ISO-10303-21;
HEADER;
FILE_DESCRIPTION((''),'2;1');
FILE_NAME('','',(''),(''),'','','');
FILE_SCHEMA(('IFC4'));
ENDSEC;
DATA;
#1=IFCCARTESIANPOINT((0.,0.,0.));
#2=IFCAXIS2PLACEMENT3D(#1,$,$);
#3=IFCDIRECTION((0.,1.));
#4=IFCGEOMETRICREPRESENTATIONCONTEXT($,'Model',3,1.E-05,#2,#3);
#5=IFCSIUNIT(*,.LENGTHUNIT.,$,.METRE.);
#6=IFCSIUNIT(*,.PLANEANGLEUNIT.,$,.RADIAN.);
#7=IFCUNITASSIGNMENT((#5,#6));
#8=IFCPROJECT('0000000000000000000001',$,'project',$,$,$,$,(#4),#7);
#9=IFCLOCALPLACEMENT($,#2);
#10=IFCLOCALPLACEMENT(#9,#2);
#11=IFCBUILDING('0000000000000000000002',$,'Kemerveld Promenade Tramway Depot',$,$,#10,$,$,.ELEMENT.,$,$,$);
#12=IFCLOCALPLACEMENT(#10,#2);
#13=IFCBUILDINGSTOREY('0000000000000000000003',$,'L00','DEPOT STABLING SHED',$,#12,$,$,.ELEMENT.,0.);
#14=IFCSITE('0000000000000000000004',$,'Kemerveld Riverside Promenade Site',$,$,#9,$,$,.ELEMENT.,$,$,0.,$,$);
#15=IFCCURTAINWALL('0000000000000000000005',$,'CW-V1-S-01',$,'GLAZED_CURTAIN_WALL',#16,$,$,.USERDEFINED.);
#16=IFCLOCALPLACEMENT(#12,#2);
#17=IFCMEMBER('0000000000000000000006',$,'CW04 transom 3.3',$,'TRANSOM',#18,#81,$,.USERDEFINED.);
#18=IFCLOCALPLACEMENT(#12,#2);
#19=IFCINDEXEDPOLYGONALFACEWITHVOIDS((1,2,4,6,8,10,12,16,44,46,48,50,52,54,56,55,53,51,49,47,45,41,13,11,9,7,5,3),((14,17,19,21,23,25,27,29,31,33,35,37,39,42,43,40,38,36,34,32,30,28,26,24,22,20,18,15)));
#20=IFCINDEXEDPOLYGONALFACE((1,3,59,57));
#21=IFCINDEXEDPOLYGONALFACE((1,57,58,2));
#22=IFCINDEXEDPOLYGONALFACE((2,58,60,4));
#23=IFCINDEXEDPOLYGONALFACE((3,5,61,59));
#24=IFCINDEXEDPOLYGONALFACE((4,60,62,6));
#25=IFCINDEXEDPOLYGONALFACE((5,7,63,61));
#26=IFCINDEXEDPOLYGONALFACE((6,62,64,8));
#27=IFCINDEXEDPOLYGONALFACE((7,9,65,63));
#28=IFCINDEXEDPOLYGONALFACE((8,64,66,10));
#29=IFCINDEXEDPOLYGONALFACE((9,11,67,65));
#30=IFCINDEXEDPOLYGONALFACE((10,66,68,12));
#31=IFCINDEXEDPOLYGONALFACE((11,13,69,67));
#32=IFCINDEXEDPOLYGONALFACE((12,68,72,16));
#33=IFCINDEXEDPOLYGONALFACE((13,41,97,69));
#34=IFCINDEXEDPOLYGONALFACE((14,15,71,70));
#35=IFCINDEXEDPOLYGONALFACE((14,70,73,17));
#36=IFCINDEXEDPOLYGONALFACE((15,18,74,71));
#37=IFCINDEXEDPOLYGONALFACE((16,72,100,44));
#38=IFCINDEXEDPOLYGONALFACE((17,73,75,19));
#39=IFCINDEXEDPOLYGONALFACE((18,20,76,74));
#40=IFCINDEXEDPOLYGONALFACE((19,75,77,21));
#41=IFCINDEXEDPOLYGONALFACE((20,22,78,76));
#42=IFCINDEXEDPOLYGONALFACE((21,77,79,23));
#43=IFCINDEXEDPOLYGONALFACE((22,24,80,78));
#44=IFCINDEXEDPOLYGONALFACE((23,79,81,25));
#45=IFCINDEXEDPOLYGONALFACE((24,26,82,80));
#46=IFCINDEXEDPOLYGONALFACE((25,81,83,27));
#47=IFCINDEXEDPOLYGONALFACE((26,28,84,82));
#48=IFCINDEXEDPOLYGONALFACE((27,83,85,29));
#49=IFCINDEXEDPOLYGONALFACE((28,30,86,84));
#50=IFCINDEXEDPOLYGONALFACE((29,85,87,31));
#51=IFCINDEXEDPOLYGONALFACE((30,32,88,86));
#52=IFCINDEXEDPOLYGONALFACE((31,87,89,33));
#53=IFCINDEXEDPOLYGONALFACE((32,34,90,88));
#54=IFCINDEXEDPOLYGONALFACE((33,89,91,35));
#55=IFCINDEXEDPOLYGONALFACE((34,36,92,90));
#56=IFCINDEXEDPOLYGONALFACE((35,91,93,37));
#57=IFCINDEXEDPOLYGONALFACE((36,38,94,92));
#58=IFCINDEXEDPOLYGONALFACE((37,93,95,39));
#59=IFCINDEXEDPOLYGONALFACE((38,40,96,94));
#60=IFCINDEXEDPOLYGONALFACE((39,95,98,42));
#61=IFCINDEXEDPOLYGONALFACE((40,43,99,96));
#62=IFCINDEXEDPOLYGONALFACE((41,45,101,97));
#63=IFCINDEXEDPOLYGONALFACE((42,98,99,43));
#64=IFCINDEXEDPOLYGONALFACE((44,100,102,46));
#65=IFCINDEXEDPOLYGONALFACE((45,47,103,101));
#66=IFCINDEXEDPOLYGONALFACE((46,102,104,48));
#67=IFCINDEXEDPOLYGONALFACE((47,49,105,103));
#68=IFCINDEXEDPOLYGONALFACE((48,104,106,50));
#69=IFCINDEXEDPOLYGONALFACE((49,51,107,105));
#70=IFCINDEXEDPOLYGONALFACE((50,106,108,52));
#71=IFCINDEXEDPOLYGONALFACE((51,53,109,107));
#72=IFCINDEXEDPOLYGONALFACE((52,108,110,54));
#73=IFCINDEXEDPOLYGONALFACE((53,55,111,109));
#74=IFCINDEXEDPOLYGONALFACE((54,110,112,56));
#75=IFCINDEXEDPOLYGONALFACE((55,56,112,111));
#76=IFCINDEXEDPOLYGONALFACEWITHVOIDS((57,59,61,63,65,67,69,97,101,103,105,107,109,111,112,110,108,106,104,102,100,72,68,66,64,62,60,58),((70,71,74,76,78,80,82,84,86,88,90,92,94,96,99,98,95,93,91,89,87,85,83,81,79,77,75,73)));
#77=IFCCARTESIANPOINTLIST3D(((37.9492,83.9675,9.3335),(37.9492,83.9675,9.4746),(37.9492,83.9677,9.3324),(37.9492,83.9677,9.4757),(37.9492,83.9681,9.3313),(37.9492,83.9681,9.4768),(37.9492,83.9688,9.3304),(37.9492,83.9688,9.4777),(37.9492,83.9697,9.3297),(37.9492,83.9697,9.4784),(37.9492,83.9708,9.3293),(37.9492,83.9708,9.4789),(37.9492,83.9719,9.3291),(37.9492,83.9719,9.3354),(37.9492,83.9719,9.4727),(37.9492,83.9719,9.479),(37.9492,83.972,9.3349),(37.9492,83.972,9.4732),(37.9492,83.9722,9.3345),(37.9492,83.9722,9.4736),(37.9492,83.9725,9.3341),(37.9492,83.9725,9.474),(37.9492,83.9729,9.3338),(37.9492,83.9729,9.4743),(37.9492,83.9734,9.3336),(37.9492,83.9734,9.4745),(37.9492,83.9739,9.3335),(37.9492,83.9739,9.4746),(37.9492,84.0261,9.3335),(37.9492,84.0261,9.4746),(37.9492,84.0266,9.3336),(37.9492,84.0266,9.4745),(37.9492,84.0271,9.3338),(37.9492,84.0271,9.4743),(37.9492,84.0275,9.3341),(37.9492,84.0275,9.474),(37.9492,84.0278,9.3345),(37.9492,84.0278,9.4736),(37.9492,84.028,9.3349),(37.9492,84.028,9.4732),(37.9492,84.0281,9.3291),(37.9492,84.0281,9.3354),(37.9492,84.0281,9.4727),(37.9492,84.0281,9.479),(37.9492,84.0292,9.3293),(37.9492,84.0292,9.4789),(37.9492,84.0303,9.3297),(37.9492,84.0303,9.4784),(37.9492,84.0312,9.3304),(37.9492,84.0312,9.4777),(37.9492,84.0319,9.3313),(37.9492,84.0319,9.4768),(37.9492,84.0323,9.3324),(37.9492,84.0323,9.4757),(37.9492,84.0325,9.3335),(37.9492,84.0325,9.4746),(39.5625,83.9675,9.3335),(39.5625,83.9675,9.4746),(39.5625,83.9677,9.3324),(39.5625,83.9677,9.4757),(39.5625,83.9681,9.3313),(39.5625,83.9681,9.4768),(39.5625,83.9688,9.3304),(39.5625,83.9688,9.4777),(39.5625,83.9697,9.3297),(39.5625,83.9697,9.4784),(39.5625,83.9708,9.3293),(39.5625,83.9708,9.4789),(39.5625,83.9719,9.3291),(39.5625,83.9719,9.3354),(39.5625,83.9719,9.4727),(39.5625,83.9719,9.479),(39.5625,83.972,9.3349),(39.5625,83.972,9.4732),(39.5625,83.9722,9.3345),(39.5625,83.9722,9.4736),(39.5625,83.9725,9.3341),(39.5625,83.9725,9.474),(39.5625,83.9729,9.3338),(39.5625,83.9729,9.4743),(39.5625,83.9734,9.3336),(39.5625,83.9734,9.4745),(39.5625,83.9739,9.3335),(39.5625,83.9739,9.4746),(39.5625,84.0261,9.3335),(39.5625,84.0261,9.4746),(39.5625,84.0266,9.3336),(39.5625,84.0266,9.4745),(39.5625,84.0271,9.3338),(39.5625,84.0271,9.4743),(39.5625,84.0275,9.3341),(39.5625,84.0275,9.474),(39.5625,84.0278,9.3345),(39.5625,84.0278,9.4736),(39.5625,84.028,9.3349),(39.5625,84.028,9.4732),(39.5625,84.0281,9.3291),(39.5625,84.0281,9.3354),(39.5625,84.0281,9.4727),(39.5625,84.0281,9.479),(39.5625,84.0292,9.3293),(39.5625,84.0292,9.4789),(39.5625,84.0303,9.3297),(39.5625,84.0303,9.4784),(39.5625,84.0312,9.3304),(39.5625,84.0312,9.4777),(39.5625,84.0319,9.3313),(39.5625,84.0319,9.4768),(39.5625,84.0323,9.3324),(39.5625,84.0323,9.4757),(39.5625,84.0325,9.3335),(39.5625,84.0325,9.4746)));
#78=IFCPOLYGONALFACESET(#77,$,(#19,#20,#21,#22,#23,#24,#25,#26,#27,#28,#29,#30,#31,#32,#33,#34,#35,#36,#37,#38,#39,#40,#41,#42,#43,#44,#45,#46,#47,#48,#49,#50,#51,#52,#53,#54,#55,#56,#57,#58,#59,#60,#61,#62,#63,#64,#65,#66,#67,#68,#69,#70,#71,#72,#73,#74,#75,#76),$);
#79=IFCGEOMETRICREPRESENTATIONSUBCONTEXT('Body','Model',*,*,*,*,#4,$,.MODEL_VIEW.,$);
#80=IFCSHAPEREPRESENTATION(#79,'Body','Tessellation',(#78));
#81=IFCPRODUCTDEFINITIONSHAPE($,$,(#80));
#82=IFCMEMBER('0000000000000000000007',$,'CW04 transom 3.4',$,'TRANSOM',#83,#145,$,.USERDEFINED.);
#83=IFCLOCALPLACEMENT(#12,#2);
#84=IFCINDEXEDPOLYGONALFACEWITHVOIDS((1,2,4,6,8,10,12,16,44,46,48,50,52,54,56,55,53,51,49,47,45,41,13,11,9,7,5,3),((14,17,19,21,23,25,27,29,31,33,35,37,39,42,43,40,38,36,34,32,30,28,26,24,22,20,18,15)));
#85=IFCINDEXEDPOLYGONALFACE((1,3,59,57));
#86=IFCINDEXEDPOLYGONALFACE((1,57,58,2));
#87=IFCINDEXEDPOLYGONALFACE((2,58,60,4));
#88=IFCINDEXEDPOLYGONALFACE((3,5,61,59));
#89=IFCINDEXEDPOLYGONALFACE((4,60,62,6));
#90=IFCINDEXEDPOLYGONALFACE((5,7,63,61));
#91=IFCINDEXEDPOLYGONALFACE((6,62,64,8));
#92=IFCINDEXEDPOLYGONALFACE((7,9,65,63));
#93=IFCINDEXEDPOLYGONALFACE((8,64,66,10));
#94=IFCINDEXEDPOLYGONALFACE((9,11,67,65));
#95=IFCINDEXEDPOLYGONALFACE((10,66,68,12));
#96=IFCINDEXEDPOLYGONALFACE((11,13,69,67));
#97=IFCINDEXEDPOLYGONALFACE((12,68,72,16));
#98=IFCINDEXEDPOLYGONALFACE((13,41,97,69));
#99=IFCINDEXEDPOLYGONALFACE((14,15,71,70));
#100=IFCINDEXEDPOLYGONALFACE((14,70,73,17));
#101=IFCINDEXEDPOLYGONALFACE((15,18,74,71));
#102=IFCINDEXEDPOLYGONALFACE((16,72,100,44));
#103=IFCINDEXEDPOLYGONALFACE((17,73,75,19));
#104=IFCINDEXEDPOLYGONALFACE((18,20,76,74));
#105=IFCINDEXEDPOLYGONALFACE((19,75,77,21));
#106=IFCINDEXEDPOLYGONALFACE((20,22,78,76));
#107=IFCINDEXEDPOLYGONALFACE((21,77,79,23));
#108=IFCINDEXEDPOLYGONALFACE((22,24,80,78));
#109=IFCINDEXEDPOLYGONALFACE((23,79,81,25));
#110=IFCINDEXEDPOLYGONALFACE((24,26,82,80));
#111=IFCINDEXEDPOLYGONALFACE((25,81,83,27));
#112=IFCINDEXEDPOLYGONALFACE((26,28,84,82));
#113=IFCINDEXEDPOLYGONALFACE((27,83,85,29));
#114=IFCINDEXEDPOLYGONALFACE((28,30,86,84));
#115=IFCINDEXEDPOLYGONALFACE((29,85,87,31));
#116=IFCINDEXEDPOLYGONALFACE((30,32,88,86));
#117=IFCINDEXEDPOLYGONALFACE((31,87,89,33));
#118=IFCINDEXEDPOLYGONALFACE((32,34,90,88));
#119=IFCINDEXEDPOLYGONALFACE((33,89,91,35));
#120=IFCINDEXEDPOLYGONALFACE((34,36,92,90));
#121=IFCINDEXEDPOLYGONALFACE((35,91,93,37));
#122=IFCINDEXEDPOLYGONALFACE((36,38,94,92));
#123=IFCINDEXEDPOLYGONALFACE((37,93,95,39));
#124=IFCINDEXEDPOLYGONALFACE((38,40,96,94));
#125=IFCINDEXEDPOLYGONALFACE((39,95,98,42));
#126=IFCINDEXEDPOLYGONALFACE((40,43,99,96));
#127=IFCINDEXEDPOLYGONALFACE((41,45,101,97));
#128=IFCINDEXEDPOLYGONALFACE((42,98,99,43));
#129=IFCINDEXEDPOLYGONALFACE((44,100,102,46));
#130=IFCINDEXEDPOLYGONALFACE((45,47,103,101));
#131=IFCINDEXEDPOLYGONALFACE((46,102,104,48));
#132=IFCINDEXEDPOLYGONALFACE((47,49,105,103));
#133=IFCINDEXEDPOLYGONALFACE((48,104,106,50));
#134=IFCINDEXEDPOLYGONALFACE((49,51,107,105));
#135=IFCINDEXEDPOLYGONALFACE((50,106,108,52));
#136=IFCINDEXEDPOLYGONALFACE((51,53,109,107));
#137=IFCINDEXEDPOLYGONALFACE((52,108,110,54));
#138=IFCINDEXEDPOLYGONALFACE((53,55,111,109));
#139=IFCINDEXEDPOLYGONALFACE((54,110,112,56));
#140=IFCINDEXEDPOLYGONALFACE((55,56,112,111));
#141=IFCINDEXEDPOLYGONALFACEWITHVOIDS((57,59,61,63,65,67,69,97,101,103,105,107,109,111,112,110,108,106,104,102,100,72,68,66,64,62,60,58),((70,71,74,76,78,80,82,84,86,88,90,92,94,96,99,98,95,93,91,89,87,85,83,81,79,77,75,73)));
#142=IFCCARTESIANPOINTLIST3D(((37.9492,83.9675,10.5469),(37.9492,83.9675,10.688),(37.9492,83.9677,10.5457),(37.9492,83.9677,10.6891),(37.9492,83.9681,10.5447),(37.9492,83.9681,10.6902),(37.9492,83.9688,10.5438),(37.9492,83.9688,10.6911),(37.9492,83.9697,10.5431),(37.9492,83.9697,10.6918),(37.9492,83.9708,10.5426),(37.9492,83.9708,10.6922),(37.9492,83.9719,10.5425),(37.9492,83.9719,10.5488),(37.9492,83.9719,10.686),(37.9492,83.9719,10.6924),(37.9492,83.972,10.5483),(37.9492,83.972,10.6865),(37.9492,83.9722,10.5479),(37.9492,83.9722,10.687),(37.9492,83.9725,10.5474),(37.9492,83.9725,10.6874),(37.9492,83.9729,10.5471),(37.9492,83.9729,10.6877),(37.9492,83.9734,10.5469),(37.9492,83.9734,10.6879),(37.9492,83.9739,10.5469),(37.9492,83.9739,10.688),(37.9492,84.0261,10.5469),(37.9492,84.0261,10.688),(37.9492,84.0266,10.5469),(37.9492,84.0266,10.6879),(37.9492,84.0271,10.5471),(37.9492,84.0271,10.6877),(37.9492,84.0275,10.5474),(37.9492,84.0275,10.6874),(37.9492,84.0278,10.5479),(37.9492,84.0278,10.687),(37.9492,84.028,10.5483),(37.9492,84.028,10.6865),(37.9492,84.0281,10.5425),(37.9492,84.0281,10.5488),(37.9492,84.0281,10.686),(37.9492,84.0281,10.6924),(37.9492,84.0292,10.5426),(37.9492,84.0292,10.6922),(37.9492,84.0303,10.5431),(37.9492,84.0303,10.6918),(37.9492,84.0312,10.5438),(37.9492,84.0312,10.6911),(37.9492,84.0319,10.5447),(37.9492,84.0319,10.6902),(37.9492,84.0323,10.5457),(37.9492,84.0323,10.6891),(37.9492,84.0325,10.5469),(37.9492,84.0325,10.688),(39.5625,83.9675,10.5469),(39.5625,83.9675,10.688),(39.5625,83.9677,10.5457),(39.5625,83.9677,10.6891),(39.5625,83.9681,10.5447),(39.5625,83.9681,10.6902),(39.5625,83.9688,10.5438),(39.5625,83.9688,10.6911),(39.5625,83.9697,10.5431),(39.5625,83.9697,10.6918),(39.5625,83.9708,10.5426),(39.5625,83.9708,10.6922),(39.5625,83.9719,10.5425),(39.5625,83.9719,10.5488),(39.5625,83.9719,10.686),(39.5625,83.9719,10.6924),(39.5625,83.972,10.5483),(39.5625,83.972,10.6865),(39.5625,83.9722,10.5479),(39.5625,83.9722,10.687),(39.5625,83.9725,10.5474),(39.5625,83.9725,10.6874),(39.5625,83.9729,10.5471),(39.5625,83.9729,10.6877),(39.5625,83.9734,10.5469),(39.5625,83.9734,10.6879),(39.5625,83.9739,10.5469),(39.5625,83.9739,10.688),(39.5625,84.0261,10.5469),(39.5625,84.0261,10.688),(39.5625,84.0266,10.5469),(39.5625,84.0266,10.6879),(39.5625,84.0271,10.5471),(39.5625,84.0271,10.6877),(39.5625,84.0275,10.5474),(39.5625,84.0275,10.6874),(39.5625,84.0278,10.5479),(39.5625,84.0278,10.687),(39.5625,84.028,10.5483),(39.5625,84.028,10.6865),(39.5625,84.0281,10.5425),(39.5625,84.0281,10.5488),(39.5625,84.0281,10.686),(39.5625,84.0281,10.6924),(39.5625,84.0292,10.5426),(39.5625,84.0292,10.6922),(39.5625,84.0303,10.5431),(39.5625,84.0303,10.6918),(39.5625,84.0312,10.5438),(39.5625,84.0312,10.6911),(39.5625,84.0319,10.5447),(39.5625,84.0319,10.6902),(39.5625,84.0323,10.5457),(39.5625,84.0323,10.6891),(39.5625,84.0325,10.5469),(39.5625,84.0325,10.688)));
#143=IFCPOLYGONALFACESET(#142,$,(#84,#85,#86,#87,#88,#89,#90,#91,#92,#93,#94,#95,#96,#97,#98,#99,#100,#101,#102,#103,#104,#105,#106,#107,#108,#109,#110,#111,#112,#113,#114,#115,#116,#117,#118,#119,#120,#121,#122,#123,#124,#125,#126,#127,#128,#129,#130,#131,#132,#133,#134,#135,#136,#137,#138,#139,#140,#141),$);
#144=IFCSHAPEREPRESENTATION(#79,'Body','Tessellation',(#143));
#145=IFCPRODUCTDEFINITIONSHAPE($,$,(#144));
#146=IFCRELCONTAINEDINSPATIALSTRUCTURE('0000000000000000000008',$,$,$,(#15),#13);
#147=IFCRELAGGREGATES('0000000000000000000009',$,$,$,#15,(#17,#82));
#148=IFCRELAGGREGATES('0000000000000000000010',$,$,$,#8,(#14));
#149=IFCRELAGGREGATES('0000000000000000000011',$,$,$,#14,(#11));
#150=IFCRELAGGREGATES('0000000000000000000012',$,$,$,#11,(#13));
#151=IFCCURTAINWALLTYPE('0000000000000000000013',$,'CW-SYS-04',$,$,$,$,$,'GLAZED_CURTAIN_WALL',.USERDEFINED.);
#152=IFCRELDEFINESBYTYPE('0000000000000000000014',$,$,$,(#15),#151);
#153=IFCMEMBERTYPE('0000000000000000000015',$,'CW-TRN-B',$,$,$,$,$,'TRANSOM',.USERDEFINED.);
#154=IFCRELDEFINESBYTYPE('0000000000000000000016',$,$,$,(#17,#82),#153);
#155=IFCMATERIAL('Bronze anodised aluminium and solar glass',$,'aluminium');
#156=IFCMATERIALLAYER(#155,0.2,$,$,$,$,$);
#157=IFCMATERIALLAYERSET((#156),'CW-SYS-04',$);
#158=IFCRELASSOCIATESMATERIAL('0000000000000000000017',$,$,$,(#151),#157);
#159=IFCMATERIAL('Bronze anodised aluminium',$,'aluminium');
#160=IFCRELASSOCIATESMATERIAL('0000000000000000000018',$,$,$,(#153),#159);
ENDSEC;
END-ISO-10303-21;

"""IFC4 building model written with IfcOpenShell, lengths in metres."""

from ifc_helpers import new_model, si_unit, direction, frame, origin, origin_2d, place, context, subcontext, project, spatial, hollow_rectangle, extrude, material, layer, layer_set, material_profile, profile_set, type_object, element, aggregate, save


model = new_model("IFC4")

# Units and contexts
model_context = context("Model", 3, precision=1e-05, world=origin(), true_north=direction((0.0, 1.0)))
body_context = subcontext(model_context, "Body", "Model", "MODEL_VIEW")
ifc_project = project(units=[si_unit("LENGTHUNIT", "METRE"), si_unit("PLANEANGLEUNIT", "RADIAN")], contexts=[model_context])

# Site, building, storey
site_placement = place(None, origin())
site = spatial("IfcSite", under=ifc_project, at=site_placement, Name="Kemerveld Riverside Promenade Site", CompositionType="ELEMENT", RefElevation=0.0)
building_placement = place(site_placement, origin())
building = spatial("IfcBuilding", under=site, at=building_placement, Name="Kemerveld Promenade Tramway Depot", CompositionType="ELEMENT")
storey_placement = place(building_placement, origin())
storey = spatial("IfcBuildingStorey", under=building, at=storey_placement, Name="L00", Description="DEPOT STABLING SHED", CompositionType="ELEMENT", Elevation=0.0)

# Shared definitions
ifc_material_1 = material(Name="Bronze anodised aluminium and solar glass", Category="aluminium")
ifc_material_2 = material(Name="Bronze anodised aluminium", Category="aluminium")

# Curtain wall
ifc_layer_1 = layer(ifc_material_1, 0.2)
ifc_layer_set_1 = layer_set([ifc_layer_1], Name="CW-SYS-04")
curtain_wall_type_1 = type_object("IfcCurtainWallType", Name="CW-SYS-04", ElementType="GLAZED_CURTAIN_WALL", PredefinedType="USERDEFINED", material=ifc_layer_set_1)
curtain_wall_1_placement = place(storey_placement, origin())
curtain_wall_1 = element("IfcCurtainWall", 1, at=curtain_wall_1_placement, inside=storey, type_object=curtain_wall_type_1, Name="CW-V1-S-01", ObjectType="GLAZED_CURTAIN_WALL", PredefinedType="USERDEFINED")

# Members
ifc_material_profile_1 = material_profile(ifc_material_2, hollow_rectangle(XDim=0.0649, YDim=0.1499, WallThickness=0.0044, InnerFilletRadius=0.002, OuterFilletRadius=0.0044, at=origin_2d()), Name="CW-TRN-150x65")
ifc_profile_set_1 = profile_set([ifc_material_profile_1], Name="Bronze anodised aluminium")
member_type_1 = type_object("IfcMemberType", Name="CW-TRN-B", ElementType="TRANSOM", PredefinedType="USERDEFINED", material=ifc_profile_set_1)
member_1_placement = place(storey_placement, frame((39.5625, 84.0, 9.4041), z_axis=(-1.0, 0.0, 0.0), x_axis=(0.0, -1.0, 0.0)))
member_1 = element("IfcMember", 2, at=member_1_placement, type_object=member_type_1, Name="CW04 transom 3.3", ObjectType="TRANSOM", PredefinedType="USERDEFINED", context=body_context, shape_type="SweptSolid", body=[
    extrude(hollow_rectangle(XDim=0.0649, YDim=0.1499, WallThickness=0.0044, InnerFilletRadius=0.002, OuterFilletRadius=0.0044, at=origin_2d()), origin(), (0.0, 0.0, 1.0), 1.6133),
])
member_2_placement = place(storey_placement, frame((39.5625, 84.0, 10.6174), z_axis=(-1.0, 0.0, 0.0), x_axis=(0.0, -1.0, 0.0)))
member_2 = element("IfcMember", 3, at=member_2_placement, type_object=member_type_1, Name="CW04 transom 3.4", ObjectType="TRANSOM", PredefinedType="USERDEFINED", context=body_context, shape_type="SweptSolid", body=[
    extrude(hollow_rectangle(XDim=0.0649, YDim=0.1499, WallThickness=0.0044, InnerFilletRadius=0.002, OuterFilletRadius=0.0044, at=origin_2d()), origin(), (0.0, 0.0, 1.0), 1.6133),
])

aggregate(curtain_wall_1, [member_1, member_2])

save(model, "model.ifc")
